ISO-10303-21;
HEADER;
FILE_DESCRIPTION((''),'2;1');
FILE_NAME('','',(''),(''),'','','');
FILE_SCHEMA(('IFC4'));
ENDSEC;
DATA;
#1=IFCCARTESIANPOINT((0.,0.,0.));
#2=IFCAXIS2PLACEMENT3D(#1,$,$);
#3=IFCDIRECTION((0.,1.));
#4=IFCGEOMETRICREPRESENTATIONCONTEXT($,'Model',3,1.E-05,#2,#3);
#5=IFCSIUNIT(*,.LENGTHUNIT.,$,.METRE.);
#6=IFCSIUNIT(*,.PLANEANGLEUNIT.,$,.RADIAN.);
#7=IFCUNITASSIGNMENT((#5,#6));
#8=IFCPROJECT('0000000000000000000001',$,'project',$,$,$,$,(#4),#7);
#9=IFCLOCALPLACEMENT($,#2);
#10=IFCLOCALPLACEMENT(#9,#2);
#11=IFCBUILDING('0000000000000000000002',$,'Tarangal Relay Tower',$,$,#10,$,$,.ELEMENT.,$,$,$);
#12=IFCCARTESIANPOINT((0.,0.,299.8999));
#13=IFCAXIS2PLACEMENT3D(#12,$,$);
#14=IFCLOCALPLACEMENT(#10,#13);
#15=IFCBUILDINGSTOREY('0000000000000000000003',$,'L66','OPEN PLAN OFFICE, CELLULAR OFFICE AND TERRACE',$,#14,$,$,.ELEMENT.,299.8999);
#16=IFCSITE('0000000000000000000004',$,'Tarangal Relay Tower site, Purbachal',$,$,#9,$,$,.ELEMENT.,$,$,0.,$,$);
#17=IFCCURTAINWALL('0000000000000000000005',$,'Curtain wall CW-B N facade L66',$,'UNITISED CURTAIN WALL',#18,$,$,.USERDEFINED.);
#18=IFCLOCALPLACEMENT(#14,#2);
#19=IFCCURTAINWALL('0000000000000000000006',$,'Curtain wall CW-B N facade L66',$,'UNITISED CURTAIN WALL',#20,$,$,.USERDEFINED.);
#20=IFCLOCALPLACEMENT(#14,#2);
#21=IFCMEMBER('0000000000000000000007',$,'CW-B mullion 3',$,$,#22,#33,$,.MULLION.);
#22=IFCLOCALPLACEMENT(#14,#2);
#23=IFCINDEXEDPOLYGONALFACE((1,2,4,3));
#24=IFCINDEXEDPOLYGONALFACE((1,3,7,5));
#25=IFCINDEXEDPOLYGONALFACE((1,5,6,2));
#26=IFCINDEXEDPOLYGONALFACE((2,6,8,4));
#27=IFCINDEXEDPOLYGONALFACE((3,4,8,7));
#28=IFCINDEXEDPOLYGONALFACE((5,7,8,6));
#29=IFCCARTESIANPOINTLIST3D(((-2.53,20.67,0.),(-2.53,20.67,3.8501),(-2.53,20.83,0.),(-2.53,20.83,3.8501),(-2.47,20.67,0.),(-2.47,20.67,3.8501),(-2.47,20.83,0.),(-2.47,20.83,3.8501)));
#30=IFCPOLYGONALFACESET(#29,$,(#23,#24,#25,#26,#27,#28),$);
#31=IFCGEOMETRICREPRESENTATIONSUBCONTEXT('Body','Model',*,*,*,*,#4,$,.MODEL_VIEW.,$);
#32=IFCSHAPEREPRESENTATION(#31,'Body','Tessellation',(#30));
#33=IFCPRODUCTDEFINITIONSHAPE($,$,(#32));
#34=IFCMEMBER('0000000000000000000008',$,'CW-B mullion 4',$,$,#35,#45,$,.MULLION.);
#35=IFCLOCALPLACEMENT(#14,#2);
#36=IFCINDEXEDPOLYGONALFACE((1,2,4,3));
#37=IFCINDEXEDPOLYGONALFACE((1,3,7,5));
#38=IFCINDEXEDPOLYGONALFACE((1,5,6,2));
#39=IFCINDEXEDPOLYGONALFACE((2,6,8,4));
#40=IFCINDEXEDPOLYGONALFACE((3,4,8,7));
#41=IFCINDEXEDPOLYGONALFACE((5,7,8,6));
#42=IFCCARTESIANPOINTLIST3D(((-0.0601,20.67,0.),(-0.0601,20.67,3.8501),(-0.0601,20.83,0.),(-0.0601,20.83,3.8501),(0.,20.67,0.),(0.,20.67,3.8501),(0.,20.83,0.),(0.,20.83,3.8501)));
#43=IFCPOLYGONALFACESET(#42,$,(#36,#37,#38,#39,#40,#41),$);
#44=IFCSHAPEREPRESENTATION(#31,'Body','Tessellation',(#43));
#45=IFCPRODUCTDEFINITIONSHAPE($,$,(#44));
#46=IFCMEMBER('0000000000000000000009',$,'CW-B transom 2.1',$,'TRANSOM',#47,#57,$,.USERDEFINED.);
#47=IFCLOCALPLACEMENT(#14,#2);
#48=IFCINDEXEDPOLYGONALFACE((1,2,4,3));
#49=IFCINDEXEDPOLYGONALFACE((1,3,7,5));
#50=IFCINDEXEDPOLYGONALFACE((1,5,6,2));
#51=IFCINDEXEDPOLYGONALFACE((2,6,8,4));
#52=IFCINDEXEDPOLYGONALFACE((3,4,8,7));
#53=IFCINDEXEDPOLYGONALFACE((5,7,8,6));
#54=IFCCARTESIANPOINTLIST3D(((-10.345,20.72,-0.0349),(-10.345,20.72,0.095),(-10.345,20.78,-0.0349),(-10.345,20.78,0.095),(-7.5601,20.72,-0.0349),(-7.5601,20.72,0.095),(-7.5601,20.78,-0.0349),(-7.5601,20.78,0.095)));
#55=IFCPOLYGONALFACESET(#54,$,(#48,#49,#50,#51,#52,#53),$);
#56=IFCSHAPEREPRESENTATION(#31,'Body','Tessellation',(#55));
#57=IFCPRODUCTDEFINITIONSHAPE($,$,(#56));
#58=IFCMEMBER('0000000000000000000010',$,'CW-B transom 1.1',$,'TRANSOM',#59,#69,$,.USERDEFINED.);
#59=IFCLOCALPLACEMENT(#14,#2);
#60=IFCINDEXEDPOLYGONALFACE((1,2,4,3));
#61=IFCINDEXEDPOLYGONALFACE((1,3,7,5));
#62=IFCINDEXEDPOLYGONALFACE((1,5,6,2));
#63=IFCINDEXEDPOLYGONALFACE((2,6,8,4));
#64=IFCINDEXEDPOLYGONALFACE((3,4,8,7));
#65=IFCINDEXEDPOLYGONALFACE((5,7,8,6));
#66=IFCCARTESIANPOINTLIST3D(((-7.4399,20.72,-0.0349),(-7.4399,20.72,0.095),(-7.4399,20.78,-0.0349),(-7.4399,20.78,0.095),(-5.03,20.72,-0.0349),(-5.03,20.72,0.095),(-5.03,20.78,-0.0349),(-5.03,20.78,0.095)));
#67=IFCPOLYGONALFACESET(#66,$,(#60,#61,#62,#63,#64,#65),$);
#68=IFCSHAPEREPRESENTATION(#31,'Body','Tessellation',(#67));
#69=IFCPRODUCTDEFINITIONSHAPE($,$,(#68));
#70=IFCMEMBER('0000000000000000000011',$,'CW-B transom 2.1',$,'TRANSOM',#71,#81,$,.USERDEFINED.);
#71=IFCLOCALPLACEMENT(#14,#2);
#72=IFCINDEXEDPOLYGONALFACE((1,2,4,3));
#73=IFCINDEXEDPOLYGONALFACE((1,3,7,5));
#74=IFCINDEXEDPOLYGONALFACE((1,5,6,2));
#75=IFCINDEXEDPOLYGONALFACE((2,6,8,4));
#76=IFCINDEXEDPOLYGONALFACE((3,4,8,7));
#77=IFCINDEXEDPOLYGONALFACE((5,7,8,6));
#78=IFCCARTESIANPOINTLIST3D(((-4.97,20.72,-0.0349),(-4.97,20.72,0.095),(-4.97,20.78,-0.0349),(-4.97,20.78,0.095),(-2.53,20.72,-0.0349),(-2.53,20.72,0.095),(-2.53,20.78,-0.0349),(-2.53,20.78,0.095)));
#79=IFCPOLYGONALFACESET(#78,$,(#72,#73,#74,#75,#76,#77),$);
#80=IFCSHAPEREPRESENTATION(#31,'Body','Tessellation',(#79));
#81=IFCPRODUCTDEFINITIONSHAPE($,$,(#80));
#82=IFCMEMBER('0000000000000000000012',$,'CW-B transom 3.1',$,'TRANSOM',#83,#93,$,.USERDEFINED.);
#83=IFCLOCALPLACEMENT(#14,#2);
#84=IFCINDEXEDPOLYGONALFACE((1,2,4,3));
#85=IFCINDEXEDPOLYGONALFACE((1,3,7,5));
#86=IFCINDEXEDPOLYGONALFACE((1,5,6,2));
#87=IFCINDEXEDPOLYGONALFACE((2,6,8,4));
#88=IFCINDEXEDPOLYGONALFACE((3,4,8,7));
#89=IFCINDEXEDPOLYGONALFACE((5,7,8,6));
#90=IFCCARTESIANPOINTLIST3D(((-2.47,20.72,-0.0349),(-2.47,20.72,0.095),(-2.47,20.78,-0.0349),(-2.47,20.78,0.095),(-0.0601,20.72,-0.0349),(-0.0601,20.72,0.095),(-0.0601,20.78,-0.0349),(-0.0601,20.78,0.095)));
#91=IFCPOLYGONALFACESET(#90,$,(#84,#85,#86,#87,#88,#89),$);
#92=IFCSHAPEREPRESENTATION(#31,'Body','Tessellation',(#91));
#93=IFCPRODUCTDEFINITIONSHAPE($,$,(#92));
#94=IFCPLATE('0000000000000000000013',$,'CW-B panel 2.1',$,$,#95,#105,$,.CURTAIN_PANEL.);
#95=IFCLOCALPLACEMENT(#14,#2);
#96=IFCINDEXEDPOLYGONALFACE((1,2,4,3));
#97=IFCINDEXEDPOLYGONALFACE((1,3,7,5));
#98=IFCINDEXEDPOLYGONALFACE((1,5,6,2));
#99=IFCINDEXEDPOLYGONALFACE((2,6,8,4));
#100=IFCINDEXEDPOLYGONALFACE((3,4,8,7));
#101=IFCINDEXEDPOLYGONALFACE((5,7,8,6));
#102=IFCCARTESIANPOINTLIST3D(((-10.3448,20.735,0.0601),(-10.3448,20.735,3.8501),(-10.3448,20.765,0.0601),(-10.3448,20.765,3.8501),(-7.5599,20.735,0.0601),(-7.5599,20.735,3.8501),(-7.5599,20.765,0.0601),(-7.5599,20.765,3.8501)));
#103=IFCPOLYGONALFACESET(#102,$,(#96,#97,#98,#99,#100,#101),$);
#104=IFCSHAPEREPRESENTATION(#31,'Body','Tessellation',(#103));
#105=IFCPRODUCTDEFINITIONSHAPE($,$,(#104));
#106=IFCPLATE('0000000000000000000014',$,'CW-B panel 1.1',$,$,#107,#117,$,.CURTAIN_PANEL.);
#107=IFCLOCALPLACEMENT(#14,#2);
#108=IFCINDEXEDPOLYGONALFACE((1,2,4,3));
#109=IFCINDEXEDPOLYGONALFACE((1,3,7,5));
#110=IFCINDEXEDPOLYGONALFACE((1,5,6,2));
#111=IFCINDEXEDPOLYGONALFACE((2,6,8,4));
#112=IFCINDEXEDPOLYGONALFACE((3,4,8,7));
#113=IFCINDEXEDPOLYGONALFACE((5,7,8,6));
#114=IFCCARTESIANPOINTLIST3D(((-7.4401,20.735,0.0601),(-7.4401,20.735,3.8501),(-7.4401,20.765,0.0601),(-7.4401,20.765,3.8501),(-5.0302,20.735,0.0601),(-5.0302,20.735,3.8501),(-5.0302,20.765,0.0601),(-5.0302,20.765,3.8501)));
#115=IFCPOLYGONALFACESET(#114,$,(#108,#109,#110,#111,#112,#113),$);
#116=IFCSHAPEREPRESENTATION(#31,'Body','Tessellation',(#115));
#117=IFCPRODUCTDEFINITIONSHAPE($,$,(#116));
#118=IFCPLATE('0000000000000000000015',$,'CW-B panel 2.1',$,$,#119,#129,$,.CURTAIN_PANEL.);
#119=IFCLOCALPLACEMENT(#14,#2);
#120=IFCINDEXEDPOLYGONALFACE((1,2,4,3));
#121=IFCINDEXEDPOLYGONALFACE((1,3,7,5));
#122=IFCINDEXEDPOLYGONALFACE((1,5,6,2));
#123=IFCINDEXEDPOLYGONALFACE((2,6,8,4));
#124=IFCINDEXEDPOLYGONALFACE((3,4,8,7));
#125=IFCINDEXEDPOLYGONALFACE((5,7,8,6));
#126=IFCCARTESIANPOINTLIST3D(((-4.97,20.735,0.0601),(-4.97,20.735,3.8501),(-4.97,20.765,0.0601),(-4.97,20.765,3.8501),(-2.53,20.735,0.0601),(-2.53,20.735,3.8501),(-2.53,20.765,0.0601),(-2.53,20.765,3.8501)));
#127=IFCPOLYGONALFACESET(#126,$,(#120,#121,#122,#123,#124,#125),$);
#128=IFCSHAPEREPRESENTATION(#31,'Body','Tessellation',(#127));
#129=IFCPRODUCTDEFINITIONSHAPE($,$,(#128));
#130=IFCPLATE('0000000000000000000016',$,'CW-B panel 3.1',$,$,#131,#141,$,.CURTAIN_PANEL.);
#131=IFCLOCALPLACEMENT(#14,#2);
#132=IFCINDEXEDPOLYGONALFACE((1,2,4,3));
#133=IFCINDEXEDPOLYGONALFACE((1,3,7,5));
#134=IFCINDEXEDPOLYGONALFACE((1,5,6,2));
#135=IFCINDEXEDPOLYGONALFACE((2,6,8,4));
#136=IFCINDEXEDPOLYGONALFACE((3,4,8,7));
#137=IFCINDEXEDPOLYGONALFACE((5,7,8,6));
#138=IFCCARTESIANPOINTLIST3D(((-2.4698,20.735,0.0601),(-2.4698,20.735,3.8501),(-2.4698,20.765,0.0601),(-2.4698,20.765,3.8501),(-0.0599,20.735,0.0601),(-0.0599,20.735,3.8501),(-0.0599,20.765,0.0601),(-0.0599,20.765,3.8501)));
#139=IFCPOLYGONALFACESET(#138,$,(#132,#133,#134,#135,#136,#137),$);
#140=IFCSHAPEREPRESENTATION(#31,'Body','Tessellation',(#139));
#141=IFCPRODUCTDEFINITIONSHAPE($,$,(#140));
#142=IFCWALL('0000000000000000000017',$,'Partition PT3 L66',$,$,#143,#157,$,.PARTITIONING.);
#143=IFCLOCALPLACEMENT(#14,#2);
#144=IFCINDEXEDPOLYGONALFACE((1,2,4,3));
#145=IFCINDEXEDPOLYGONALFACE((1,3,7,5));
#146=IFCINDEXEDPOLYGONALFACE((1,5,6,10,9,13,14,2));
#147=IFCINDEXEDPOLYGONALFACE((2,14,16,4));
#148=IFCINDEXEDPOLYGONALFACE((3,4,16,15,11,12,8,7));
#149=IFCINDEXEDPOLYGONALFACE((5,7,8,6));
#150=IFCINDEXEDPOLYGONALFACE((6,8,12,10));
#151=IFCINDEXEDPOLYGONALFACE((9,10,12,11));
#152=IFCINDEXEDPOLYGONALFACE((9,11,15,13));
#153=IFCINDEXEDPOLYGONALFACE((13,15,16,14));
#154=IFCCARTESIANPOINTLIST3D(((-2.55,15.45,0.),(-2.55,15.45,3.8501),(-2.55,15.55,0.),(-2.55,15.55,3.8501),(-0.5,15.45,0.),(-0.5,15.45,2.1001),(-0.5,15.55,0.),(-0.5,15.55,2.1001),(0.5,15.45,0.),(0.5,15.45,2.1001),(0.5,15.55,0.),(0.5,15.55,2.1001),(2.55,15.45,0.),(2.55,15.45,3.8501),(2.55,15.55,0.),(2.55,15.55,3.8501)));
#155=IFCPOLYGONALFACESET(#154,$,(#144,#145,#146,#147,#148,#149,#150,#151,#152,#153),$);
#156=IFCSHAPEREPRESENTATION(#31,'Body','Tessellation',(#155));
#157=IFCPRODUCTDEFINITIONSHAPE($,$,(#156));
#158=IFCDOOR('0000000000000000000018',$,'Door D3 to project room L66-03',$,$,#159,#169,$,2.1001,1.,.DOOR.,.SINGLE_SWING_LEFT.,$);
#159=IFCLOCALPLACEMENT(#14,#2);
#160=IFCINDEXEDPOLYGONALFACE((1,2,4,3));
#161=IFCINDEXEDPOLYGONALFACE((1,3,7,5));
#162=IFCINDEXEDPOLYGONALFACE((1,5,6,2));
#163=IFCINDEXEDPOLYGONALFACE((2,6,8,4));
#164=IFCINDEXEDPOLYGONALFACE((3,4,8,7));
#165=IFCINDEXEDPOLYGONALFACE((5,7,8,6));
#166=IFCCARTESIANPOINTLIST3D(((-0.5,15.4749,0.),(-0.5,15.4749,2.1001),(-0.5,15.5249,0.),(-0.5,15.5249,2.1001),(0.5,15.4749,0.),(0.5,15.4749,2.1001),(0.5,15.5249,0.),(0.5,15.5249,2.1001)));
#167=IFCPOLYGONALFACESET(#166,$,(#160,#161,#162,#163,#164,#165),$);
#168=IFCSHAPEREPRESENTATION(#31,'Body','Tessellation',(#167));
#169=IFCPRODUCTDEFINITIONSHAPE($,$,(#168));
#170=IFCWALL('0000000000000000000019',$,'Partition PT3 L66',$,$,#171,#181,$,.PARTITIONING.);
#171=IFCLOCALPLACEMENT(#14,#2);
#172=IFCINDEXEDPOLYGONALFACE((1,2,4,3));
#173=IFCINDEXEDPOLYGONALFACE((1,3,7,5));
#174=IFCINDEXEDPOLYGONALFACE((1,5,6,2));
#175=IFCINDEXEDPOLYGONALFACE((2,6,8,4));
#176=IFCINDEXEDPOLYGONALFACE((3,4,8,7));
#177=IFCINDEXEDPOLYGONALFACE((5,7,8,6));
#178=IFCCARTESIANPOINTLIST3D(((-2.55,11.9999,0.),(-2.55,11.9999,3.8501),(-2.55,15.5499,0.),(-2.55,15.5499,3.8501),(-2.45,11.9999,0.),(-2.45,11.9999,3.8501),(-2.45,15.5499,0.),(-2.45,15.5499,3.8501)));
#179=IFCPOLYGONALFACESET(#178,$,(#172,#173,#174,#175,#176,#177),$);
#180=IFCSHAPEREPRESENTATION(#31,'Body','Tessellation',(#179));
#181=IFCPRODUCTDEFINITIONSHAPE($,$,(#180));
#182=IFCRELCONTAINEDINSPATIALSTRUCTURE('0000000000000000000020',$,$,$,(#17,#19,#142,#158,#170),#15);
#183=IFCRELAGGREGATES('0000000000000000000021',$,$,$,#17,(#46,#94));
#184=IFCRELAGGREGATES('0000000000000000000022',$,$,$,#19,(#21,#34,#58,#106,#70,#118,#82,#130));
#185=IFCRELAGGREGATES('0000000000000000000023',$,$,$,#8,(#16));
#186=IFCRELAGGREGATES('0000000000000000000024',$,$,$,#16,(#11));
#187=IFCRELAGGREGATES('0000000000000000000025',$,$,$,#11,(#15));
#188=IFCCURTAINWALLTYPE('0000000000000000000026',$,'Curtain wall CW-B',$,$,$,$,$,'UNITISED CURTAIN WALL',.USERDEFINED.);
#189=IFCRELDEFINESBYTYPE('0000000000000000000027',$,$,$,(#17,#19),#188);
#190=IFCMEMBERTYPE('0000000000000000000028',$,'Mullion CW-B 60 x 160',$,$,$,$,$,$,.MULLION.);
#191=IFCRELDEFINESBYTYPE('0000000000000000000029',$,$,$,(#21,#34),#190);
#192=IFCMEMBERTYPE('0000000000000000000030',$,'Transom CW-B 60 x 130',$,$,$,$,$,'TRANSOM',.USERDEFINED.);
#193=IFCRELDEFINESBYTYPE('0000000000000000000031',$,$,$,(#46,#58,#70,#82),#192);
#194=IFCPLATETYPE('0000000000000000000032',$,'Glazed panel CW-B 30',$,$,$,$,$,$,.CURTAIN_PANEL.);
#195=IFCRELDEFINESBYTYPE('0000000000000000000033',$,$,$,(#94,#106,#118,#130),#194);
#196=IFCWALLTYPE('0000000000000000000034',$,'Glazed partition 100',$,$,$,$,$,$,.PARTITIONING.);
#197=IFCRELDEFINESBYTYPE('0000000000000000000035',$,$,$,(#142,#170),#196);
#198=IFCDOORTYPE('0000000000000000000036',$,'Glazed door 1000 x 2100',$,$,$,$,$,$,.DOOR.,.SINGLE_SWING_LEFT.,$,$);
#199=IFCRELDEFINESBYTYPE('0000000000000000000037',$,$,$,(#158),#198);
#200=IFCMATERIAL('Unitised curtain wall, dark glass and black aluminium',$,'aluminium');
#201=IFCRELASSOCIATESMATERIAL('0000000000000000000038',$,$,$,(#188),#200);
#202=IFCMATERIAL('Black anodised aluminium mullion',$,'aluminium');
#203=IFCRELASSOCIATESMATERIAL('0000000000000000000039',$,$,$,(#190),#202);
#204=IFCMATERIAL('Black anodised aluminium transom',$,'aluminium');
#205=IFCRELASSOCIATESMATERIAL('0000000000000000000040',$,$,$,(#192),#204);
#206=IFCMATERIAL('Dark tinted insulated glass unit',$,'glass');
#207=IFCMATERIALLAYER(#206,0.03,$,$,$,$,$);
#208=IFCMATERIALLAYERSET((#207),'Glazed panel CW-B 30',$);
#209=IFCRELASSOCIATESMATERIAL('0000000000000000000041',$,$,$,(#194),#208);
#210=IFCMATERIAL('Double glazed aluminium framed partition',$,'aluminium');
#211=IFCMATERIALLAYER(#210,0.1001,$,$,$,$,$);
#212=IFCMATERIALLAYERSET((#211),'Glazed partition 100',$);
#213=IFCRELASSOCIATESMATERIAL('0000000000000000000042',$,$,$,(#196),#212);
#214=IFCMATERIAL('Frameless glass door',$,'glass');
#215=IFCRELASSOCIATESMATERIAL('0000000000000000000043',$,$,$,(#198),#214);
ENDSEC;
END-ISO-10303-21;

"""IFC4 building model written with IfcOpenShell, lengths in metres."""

from ifc_helpers import new_model, si_unit, direction, frame, frame_2d, origin, origin_2d, place, context, subcontext, project, spatial, rectangle, extrude, material, layer, layer_set, material_profile, profile_set, type_object, element, fill, aggregate, save


model = new_model("IFC4")

# Units and contexts
model_context = context("Model", 3, precision=1e-05, world=origin(), true_north=direction((0.0, 1.0)))
body_context = subcontext(model_context, "Body", "Model", "MODEL_VIEW")
ifc_project = project(units=[si_unit("LENGTHUNIT", "METRE"), si_unit("PLANEANGLEUNIT", "RADIAN")], contexts=[model_context])

# Site, building, storey
site_placement = place(None, origin())
site = spatial("IfcSite", under=ifc_project, at=site_placement, Name="Tarangal Relay Tower site, Purbachal", CompositionType="ELEMENT", RefElevation=0.0)
building_placement = place(site_placement, origin())
building = spatial("IfcBuilding", under=site, at=building_placement, Name="Tarangal Relay Tower", CompositionType="ELEMENT")
storey_placement = place(building_placement, frame((0.0, 0.0, 299.8999)))
storey = spatial("IfcBuildingStorey", under=building, at=storey_placement, Name="L66", Description="OPEN PLAN OFFICE, CELLULAR OFFICE AND TERRACE", CompositionType="ELEMENT", Elevation=299.8999)

# Curtain walls, members
ifc_material_1 = material(Name="Unitised curtain wall, dark glass and black aluminium", Category="aluminium")
curtain_wall_type = type_object("IfcCurtainWallType", Name="Curtain wall CW-B", ElementType="UNITISED CURTAIN WALL", PredefinedType="USERDEFINED", material=ifc_material_1)
curtain_wall_1_placement = place(storey_placement, origin())
curtain_wall_1 = element("IfcCurtainWall", 1, at=curtain_wall_1_placement, inside=storey, type_object=curtain_wall_type, Name="Curtain wall CW-B N facade L66", ObjectType="UNITISED CURTAIN WALL", PredefinedType="USERDEFINED")
ifc_material_2 = material(Name="Black anodised aluminium mullion", Category="aluminium")
ifc_material_profile_1 = material_profile(ifc_material_2, rectangle(XDim=0.1599, YDim=0.0601, at=origin_2d()), Name="CW-BM 60X160")
ifc_profile_set_1 = profile_set([ifc_material_profile_1], Name="Black anodised aluminium mullion")
member_type_1 = type_object("IfcMemberType", Name="Mullion CW-B 60 x 160", PredefinedType="MULLION", material=ifc_profile_set_1)
curtain_wall_2_placement = place(storey_placement, origin())
curtain_wall_2 = element("IfcCurtainWall", 2, at=curtain_wall_2_placement, inside=storey, type_object=curtain_wall_type, Name="Curtain wall CW-B N facade L66", ObjectType="UNITISED CURTAIN WALL", PredefinedType="USERDEFINED")
member_1_placement = place(storey_placement, frame((-2.5, 20.75, 0.0), z_axis=(0.0, 0.0, 1.0), x_axis=(0.0, 1.0, 0.0)))
member_1 = element("IfcMember", 3, at=member_1_placement, type_object=member_type_1, Name="CW-B mullion 3", PredefinedType="MULLION", context=body_context, shape_type="SweptSolid", body=[
    extrude(rectangle(XDim=0.1599, YDim=0.0601, at=origin_2d()), origin(), (0.0, 0.0, 1.0), 3.8501),
])
member_2_placement = place(storey_placement, frame((-0.03, 20.75, 0.0), z_axis=(0.0, 0.0, 1.0), x_axis=(0.0, 1.0, 0.0)))
member_2 = element("IfcMember", 4, at=member_2_placement, type_object=member_type_1, Name="CW-B mullion 4", PredefinedType="MULLION", context=body_context, shape_type="SweptSolid", body=[
    extrude(rectangle(XDim=0.1599, YDim=0.0601, at=origin_2d()), origin(), (0.0, 0.0, 1.0), 3.8501),
])

# Members
ifc_material_3 = material(Name="Black anodised aluminium transom", Category="aluminium")
ifc_material_profile_2 = material_profile(ifc_material_3, rectangle(XDim=0.0601, YDim=0.1299, at=origin_2d()), Name="CW-BT 60X130")
ifc_profile_set_2 = profile_set([ifc_material_profile_2], Name="Black anodised aluminium transom")
member_type_2 = type_object("IfcMemberType", Name="Transom CW-B 60 x 130", ElementType="TRANSOM", PredefinedType="USERDEFINED", material=ifc_profile_set_2)
member_3_placement = place(storey_placement, frame((-10.345, 20.75, 0.03), z_axis=(1.0, 0.0, 0.0), x_axis=(0.0, 1.0, 0.0)))
member_3 = element("IfcMember", 5, at=member_3_placement, type_object=member_type_2, Name="CW-B transom 2.1", ObjectType="TRANSOM", PredefinedType="USERDEFINED", context=body_context, shape_type="SweptSolid", body=[
    extrude(rectangle(XDim=0.0601, YDim=0.1299, at=origin_2d()), origin(), (0.0, 0.0, 1.0), 2.7849),
])
member_4_placement = place(storey_placement, frame((-7.4399, 20.75, 0.03), z_axis=(1.0, 0.0, 0.0), x_axis=(0.0, 1.0, 0.0)))
member_4 = element("IfcMember", 6, at=member_4_placement, type_object=member_type_2, Name="CW-B transom 1.1", ObjectType="TRANSOM", PredefinedType="USERDEFINED", context=body_context, shape_type="SweptSolid", body=[
    extrude(rectangle(XDim=0.0601, YDim=0.1299, at=origin_2d()), origin(), (0.0, 0.0, 1.0), 2.4099),
])
member_5_placement = place(storey_placement, frame((-4.97, 20.75, 0.03), z_axis=(1.0, 0.0, 0.0), x_axis=(0.0, 1.0, 0.0)))
member_5 = element("IfcMember", 7, at=member_5_placement, type_object=member_type_2, Name="CW-B transom 2.1", ObjectType="TRANSOM", PredefinedType="USERDEFINED", context=body_context, shape_type="SweptSolid", body=[
    extrude(rectangle(XDim=0.0601, YDim=0.1299, at=origin_2d()), origin(), (0.0, 0.0, 1.0), 2.4399),
])
member_6_placement = place(storey_placement, frame((-2.47, 20.75, 0.03), z_axis=(1.0, 0.0, 0.0), x_axis=(0.0, 1.0, 0.0)))
member_6 = element("IfcMember", 8, at=member_6_placement, type_object=member_type_2, Name="CW-B transom 3.1", ObjectType="TRANSOM", PredefinedType="USERDEFINED", context=body_context, shape_type="SweptSolid", body=[
    extrude(rectangle(XDim=0.0601, YDim=0.1299, at=origin_2d()), origin(), (0.0, 0.0, 1.0), 2.4099),
])

# Plates
ifc_material_4 = material(Name="Dark tinted insulated glass unit", Category="glass")
ifc_layer_1 = layer(ifc_material_4, 0.03)
ifc_layer_set_1 = layer_set([ifc_layer_1], Name="Glazed panel CW-B 30")
plate_type = type_object("IfcPlateType", Name="Glazed panel CW-B 30", PredefinedType="CURTAIN_PANEL", material=ifc_layer_set_1)
plate_1_placement = place(storey_placement, frame((-8.9524, 20.75, 0.0601), z_axis=(0.0, 0.0, 1.0), x_axis=(1.0, 0.0, 0.0)))
plate_1 = element("IfcPlate", 9, at=plate_1_placement, type_object=plate_type, Name="CW-B panel 2.1", PredefinedType="CURTAIN_PANEL", context=body_context, shape_type="SweptSolid", body=[
    extrude(rectangle(XDim=2.7849, YDim=0.03, at=origin_2d()), origin(), (0.0, 0.0, 1.0), 3.79),
])
aggregate(curtain_wall_1, [member_3, plate_1])
plate_2_placement = place(storey_placement, frame((-6.2351, 20.75, 0.0601), z_axis=(0.0, 0.0, 1.0), x_axis=(1.0, 0.0, 0.0)))
plate_2 = element("IfcPlate", 10, at=plate_2_placement, type_object=plate_type, Name="CW-B panel 1.1", PredefinedType="CURTAIN_PANEL", context=body_context, shape_type="SweptSolid", body=[
    extrude(rectangle(XDim=2.4099, YDim=0.03, at=origin_2d()), origin(), (0.0, 0.0, 1.0), 3.79),
])
plate_3_placement = place(storey_placement, frame((-3.75, 20.75, 0.0601), z_axis=(0.0, 0.0, 1.0), x_axis=(1.0, 0.0, 0.0)))
plate_3 = element("IfcPlate", 11, at=plate_3_placement, type_object=plate_type, Name="CW-B panel 2.1", PredefinedType="CURTAIN_PANEL", context=body_context, shape_type="SweptSolid", body=[
    extrude(rectangle(XDim=2.4399, YDim=0.03, at=origin_2d()), origin(), (0.0, 0.0, 1.0), 3.79),
])
plate_4_placement = place(storey_placement, frame((-1.2649, 20.75, 0.0601), z_axis=(0.0, 0.0, 1.0), x_axis=(1.0, 0.0, 0.0)))
plate_4 = element("IfcPlate", 12, at=plate_4_placement, type_object=plate_type, Name="CW-B panel 3.1", PredefinedType="CURTAIN_PANEL", context=body_context, shape_type="SweptSolid", body=[
    extrude(rectangle(XDim=2.4099, YDim=0.03, at=origin_2d()), origin(), (0.0, 0.0, 1.0), 3.79),
])
aggregate(curtain_wall_2, [member_1, member_2, member_4, plate_2, member_5, plate_3, member_6, plate_4])

# Wall, opening, door
ifc_material_5 = material(Name="Double glazed aluminium framed partition", Category="aluminium")
ifc_layer_2 = layer(ifc_material_5, 0.1001)
ifc_layer_set_2 = layer_set([ifc_layer_2], Name="Glazed partition 100")
wall_type_1 = type_object("IfcWallType", Name="Glazed partition 100", PredefinedType="PARTITIONING", material=ifc_layer_set_2)
wall_1_placement = place(storey_placement, frame((-2.55, 15.5, 0.0), z_axis=(0.0, 0.0, 1.0), x_axis=(1.0, 0.0, 0.0)))
wall_1 = element("IfcWall", 13, at=wall_1_placement, inside=storey, type_object=wall_type_1, Name="Partition PT3 L66", PredefinedType="PARTITIONING", context=body_context, shape_type="SweptSolid", body=[
    extrude(rectangle(XDim=5.1001, YDim=0.1001, at=frame_2d((2.55, 0.0))), origin(), (0.0, 0.0, 1.0), 3.8501),
])
opening_placement = place(wall_1_placement, frame((2.05, 0.0, 0.0)))
opening = element("IfcOpeningElement", 14, at=opening_placement, cuts=wall_1, PredefinedType="OPENING", context=body_context, shape_type="SweptSolid", body=[
    extrude(rectangle(XDim=1.0, YDim=2.1001, at=frame_2d((0.5, 1.05))), frame((0.0, 0.0601, 0.0), z_axis=(0.0, -1.0, 0.0), x_axis=(1.0, 0.0, 0.0)), (0.0, 0.0, 1.0), 0.1201),
])
ifc_material_6 = material(Name="Frameless glass door", Category="glass")
door_type = type_object("IfcDoorType", Name="Glazed door 1000 x 2100", OperationType="SINGLE_SWING_LEFT", PredefinedType="DOOR", material=ifc_material_6)
door_placement = place(opening_placement, origin())
door = element("IfcDoor", 15, at=door_placement, inside=storey, type_object=door_type, Name="Door D3 to project room L66-03", OperationType="SINGLE_SWING_LEFT", OverallHeight=2.1001, OverallWidth=1.0, PredefinedType="DOOR", context=body_context, shape_type="SweptSolid", body=[
    extrude(rectangle(XDim=1.0, YDim=2.1001, at=frame_2d((0.5, 1.05))), frame((0.0, 0.0249, 0.0), z_axis=(0.0, -1.0, 0.0), x_axis=(1.0, 0.0, 0.0)), (0.0, 0.0, 1.0), 0.05),
])
fill(opening, door)

# Wall
wall_2_placement = place(storey_placement, frame((-2.5, 12.0, 0.0), z_axis=(0.0, 0.0, 1.0), x_axis=(0.0, 1.0, 0.0)))
element("IfcWall", 16, at=wall_2_placement, inside=storey, type_object=wall_type_1, Name="Partition PT3 L66", PredefinedType="PARTITIONING", context=body_context, shape_type="SweptSolid", body=[
    extrude(rectangle(XDim=3.55, YDim=0.1001, at=frame_2d((1.7749, 0.0))), origin(), (0.0, 0.0, 1.0), 3.8501),
])

save(model, "model.ifc")
